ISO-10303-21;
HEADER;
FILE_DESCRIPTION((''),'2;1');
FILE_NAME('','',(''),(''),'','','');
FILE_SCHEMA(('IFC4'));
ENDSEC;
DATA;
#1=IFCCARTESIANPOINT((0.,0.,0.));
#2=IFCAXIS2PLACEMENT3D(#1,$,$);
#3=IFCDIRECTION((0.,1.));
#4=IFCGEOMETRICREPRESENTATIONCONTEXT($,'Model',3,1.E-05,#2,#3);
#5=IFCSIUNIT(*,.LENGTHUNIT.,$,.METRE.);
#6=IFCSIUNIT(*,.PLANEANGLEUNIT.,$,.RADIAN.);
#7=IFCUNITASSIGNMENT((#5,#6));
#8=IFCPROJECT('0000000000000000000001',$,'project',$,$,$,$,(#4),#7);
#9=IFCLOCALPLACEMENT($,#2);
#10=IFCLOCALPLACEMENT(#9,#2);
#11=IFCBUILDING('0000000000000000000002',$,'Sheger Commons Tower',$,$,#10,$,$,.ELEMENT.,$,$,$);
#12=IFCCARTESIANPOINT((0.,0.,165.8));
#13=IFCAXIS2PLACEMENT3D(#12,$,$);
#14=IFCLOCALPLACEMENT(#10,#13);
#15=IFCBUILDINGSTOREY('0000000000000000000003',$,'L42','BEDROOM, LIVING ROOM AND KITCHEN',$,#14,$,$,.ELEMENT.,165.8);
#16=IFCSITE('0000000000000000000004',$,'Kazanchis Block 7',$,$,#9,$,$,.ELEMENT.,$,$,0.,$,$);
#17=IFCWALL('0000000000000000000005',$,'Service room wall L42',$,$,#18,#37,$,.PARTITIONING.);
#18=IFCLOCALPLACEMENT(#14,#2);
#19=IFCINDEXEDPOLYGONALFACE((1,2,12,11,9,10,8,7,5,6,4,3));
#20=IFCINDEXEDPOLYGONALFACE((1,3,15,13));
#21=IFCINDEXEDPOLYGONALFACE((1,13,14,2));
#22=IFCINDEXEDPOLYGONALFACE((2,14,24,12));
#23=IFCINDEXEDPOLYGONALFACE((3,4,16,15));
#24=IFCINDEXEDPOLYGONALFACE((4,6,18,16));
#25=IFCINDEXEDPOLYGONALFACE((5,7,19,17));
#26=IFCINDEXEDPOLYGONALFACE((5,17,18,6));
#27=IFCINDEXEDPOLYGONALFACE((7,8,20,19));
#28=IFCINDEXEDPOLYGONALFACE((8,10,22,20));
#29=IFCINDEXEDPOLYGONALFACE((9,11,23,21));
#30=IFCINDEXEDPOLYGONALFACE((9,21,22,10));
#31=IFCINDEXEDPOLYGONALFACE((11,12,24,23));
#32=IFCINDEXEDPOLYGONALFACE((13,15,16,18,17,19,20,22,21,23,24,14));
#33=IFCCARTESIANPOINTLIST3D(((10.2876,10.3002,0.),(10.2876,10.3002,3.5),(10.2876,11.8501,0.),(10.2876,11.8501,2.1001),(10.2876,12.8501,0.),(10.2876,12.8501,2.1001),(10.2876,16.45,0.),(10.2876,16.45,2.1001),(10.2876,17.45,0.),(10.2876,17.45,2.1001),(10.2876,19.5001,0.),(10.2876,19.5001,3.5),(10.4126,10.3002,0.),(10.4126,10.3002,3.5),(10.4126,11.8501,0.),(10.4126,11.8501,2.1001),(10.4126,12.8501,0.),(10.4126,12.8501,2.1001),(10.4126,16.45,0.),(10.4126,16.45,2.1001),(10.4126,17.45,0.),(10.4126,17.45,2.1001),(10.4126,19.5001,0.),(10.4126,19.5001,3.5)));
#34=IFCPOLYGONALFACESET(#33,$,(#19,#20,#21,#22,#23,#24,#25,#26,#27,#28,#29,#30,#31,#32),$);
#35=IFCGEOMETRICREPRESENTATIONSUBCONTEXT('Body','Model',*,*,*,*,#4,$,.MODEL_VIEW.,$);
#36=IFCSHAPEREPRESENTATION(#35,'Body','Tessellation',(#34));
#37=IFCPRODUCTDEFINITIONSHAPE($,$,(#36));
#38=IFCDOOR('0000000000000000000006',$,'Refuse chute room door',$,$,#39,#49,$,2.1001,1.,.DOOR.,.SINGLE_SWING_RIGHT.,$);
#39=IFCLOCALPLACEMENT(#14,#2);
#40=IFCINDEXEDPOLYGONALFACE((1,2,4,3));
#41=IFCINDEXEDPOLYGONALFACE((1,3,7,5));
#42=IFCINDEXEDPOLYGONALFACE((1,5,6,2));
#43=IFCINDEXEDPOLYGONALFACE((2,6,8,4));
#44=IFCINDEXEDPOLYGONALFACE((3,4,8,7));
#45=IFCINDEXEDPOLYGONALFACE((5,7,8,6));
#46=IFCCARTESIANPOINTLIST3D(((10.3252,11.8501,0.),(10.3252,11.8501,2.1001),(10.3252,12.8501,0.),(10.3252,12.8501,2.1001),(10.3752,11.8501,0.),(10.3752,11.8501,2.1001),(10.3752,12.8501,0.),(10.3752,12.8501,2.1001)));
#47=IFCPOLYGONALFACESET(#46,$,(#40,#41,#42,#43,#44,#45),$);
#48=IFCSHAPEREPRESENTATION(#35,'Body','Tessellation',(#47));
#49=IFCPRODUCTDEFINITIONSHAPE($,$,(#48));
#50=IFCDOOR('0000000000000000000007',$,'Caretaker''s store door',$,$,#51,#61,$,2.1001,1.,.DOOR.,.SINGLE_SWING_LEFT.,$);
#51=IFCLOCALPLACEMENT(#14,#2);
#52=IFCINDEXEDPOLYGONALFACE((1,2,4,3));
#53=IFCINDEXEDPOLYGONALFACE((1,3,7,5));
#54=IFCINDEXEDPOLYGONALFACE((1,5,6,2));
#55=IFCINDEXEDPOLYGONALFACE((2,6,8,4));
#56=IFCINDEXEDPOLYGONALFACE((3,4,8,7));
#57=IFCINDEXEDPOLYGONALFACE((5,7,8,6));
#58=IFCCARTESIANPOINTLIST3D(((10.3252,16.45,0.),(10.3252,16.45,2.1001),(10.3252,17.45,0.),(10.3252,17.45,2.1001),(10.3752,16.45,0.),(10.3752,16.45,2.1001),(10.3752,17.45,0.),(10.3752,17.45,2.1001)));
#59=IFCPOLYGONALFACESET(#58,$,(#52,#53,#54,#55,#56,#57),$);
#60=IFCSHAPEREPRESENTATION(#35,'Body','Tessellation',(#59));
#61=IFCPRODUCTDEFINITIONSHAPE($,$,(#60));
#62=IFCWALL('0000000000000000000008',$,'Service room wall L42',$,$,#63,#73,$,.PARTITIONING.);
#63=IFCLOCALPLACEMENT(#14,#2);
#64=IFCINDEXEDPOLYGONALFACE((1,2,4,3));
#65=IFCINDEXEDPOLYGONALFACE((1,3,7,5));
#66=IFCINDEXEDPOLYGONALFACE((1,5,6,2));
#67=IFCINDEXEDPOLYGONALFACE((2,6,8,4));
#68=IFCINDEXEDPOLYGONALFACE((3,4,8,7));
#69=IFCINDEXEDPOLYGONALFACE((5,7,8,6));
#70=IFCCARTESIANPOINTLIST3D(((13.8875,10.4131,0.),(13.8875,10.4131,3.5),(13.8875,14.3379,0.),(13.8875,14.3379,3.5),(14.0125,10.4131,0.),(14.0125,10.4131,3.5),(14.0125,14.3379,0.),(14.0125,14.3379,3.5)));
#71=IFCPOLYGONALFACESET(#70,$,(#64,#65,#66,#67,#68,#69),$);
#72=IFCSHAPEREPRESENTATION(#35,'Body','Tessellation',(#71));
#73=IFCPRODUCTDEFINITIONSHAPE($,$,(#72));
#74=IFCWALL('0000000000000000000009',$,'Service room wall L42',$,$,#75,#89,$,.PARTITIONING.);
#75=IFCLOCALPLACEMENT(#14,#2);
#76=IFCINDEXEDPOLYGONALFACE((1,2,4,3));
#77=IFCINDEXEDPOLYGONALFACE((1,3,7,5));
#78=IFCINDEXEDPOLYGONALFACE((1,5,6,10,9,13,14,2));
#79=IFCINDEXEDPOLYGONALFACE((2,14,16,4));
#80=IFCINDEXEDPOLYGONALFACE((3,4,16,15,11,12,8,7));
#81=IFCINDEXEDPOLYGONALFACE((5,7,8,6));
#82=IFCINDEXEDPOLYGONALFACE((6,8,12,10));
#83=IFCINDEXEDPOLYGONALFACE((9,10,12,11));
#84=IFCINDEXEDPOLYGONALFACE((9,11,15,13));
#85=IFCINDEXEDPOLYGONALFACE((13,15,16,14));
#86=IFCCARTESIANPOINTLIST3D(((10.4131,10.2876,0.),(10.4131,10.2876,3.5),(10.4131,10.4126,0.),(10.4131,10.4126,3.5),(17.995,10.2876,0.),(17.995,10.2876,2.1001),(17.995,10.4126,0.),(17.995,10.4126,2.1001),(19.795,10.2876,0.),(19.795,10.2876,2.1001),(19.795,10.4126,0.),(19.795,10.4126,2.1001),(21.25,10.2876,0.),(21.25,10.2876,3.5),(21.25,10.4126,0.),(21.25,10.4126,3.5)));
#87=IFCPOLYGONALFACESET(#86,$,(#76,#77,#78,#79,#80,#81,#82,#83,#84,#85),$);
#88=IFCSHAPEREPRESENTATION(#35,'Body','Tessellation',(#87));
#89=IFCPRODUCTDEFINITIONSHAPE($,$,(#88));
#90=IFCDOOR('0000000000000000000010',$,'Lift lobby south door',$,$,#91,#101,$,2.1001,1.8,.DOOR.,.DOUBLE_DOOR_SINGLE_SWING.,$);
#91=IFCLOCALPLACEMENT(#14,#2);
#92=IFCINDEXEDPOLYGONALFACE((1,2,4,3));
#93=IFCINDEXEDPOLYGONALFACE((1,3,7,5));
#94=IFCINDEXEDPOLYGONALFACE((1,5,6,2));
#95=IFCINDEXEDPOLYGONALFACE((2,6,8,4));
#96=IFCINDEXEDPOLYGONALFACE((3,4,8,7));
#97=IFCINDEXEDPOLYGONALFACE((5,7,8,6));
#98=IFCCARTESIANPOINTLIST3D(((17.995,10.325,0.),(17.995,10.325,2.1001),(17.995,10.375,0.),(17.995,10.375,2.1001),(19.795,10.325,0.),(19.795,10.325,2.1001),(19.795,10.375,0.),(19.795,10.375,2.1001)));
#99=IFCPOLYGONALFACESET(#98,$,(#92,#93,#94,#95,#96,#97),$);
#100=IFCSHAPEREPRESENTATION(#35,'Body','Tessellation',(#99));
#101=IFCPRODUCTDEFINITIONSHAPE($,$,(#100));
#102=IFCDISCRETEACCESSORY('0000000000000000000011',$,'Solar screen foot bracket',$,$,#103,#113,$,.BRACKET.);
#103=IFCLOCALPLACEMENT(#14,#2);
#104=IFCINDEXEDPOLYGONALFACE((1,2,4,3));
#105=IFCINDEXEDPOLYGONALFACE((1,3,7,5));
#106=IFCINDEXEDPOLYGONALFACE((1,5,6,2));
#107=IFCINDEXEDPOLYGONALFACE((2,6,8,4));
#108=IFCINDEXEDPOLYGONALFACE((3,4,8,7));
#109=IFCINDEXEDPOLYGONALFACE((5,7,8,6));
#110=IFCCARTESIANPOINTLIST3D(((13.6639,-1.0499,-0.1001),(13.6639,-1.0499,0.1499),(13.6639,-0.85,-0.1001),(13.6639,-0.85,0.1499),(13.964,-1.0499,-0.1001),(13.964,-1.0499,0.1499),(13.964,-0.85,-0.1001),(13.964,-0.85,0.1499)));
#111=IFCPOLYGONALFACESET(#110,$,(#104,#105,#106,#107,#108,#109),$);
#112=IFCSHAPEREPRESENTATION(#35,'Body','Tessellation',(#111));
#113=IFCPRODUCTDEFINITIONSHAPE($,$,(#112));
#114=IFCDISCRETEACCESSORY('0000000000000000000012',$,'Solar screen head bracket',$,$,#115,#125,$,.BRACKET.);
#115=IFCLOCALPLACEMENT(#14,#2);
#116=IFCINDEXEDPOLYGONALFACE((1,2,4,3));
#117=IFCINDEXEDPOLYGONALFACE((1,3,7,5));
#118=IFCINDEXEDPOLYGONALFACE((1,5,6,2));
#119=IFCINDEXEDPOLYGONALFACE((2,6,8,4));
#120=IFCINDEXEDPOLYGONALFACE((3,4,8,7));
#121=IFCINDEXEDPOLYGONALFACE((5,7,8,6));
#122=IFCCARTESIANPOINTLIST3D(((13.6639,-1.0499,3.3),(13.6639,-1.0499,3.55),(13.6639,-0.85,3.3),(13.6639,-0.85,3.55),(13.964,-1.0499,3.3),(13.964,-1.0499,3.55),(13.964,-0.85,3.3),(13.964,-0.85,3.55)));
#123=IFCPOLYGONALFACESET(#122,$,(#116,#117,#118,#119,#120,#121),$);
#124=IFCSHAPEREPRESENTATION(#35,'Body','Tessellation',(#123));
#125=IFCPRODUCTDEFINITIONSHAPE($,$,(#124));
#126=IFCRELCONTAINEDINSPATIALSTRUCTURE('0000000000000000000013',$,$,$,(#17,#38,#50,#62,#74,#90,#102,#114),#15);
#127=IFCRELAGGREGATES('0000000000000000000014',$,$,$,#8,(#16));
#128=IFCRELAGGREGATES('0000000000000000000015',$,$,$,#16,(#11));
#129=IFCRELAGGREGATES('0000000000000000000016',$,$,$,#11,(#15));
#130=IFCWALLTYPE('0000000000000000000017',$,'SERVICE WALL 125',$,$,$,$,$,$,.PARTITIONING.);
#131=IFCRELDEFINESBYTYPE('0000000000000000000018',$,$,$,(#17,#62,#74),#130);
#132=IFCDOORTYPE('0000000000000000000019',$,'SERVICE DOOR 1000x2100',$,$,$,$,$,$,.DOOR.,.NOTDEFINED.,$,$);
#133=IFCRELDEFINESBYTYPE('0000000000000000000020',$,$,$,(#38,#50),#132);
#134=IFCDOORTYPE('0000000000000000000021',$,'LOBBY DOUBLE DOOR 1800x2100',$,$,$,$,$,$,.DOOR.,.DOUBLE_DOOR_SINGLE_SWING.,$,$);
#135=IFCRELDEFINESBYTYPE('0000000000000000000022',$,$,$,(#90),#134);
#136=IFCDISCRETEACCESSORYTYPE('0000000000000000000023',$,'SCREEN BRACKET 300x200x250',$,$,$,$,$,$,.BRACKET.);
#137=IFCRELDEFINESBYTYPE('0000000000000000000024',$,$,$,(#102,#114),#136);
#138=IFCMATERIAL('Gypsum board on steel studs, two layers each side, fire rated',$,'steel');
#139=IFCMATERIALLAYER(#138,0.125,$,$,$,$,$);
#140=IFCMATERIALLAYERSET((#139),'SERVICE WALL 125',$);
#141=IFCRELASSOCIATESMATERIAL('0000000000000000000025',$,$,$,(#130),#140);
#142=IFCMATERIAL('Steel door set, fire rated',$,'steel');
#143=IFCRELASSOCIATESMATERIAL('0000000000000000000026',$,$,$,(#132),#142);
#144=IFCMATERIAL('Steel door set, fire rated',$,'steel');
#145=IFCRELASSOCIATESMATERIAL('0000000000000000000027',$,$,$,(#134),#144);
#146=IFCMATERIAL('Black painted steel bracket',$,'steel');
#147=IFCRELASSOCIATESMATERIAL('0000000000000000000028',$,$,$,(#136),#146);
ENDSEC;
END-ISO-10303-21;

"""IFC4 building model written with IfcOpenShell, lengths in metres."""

from ifc_helpers import new_model, si_unit, direction, frame, frame_2d, origin, origin_2d, place, context, subcontext, project, spatial, rectangle, extrude, material, layer, layer_set, type_object, element, fill, save


model = new_model("IFC4")

# Units and contexts
model_context = context("Model", 3, precision=1e-05, world=origin(), true_north=direction((0.0, 1.0)))
body_context = subcontext(model_context, "Body", "Model", "MODEL_VIEW")
ifc_project = project(units=[si_unit("LENGTHUNIT", "METRE"), si_unit("PLANEANGLEUNIT", "RADIAN")], contexts=[model_context])

# Site, building, storey
site_placement = place(None, origin())
site = spatial("IfcSite", under=ifc_project, at=site_placement, Name="Kazanchis Block 7", CompositionType="ELEMENT", RefElevation=0.0)
building_placement = place(site_placement, origin())
building = spatial("IfcBuilding", under=site, at=building_placement, Name="Sheger Commons Tower", CompositionType="ELEMENT")
storey_placement = place(building_placement, frame((0.0, 0.0, 165.8)))
storey = spatial("IfcBuildingStorey", under=building, at=storey_placement, Name="L42", Description="BEDROOM, LIVING ROOM AND KITCHEN", CompositionType="ELEMENT", Elevation=165.8)

# Wall, openings, doors
ifc_material_1 = material(Name="Gypsum board on steel studs, two layers each side, fire rated", Category="steel")
ifc_layer_1 = layer(ifc_material_1, 0.125)
ifc_layer_set_1 = layer_set([ifc_layer_1], Name="SERVICE WALL 125")
wall_type_1 = type_object("IfcWallType", Name="SERVICE WALL 125", PredefinedType="PARTITIONING", material=ifc_layer_set_1)
wall_1_placement = place(storey_placement, frame((10.3501, 10.3, 0.0), z_axis=(0.0, 0.0, 1.0), x_axis=(0.0, 1.0, 0.0)))
wall_1 = element("IfcWall", 1, at=wall_1_placement, inside=storey, type_object=wall_type_1, Name="Service room wall L42", PredefinedType="PARTITIONING", context=body_context, shape_type="SweptSolid", body=[
    extrude(rectangle(XDim=9.2, YDim=0.125, at=frame_2d((4.6001, 0.0))), origin(), (0.0, 0.0, 1.0), 3.5),
])
opening_1_placement = place(wall_1_placement, frame((1.55, 0.0, 0.0)))
opening_1 = element("IfcOpeningElement", 2, at=opening_1_placement, cuts=wall_1, PredefinedType="OPENING", context=body_context, shape_type="SweptSolid", body=[
    extrude(rectangle(XDim=1.0, YDim=2.1001, at=frame_2d((0.5, 1.05))), frame((0.0, 0.0725, 0.0), z_axis=(0.0, -1.0, 0.0), x_axis=(1.0, 0.0, 0.0)), (0.0, 0.0, 1.0), 0.145),
])
opening_2_placement = place(wall_1_placement, frame((6.1499, 0.0, 0.0)))
opening_2 = element("IfcOpeningElement", 3, at=opening_2_placement, cuts=wall_1, PredefinedType="OPENING", context=body_context, shape_type="SweptSolid", body=[
    extrude(rectangle(XDim=1.0, YDim=2.1001, at=frame_2d((0.5, 1.05))), frame((0.0, 0.0725, 0.0), z_axis=(0.0, -1.0, 0.0), x_axis=(1.0, 0.0, 0.0)), (0.0, 0.0, 1.0), 0.145),
])
ifc_material_2 = material(Name="Steel door set, fire rated", Category="steel")
door_type_1 = type_object("IfcDoorType", Name="SERVICE DOOR 1000x2100", OperationType="NOTDEFINED", PredefinedType="DOOR", material=ifc_material_2)
door_1_placement = place(opening_1_placement, origin())
door_1 = element("IfcDoor", 4, at=door_1_placement, inside=storey, type_object=door_type_1, Name="Refuse chute room door", OperationType="SINGLE_SWING_RIGHT", OverallHeight=2.1001, OverallWidth=1.0, PredefinedType="DOOR", context=body_context, shape_type="SweptSolid", body=[
    extrude(rectangle(XDim=1.0, YDim=2.1001, at=frame_2d((0.5, 1.05))), frame((0.0, 0.0249, 0.0), z_axis=(0.0, -1.0, 0.0), x_axis=(1.0, 0.0, 0.0)), (0.0, 0.0, 1.0), 0.05),
])
fill(opening_1, door_1)
door_2_placement = place(opening_2_placement, origin())
door_2 = element("IfcDoor", 5, at=door_2_placement, inside=storey, type_object=door_type_1, Name="Caretaker's store door", OperationType="SINGLE_SWING_LEFT", OverallHeight=2.1001, OverallWidth=1.0, PredefinedType="DOOR", context=body_context, shape_type="SweptSolid", body=[
    extrude(rectangle(XDim=1.0, YDim=2.1001, at=frame_2d((0.5, 1.05))), frame((0.0, 0.0249, 0.0), z_axis=(0.0, -1.0, 0.0), x_axis=(1.0, 0.0, 0.0)), (0.0, 0.0, 1.0), 0.05),
])
fill(opening_2, door_2)

# Wall
wall_2_placement = place(storey_placement, frame((13.95, 10.4131, 0.0), z_axis=(0.0, 0.0, 1.0), x_axis=(0.0, 1.0, 0.0)))
element("IfcWall", 6, at=wall_2_placement, inside=storey, type_object=wall_type_1, Name="Service room wall L42", PredefinedType="PARTITIONING", context=body_context, shape_type="SweptSolid", body=[
    extrude(rectangle(XDim=3.9248, YDim=0.125, at=frame_2d((1.9624, 0.0))), origin(), (0.0, 0.0, 1.0), 3.5),
])

# Wall, opening, door
wall_3_placement = place(storey_placement, frame((10.4131, 10.3501, 0.0), z_axis=(0.0, 0.0, 1.0), x_axis=(1.0, 0.0, 0.0)))
wall_3 = element("IfcWall", 7, at=wall_3_placement, inside=storey, type_object=wall_type_1, Name="Service room wall L42", PredefinedType="PARTITIONING", context=body_context, shape_type="SweptSolid", body=[
    extrude(rectangle(XDim=10.8369, YDim=0.125, at=frame_2d((5.4185, 0.0))), origin(), (0.0, 0.0, 1.0), 3.5),
])
opening_3_placement = place(wall_3_placement, frame((7.582, 0.0, 0.0)))
opening_3 = element("IfcOpeningElement", 8, at=opening_3_placement, cuts=wall_3, PredefinedType="OPENING", context=body_context, shape_type="SweptSolid", body=[
    extrude(rectangle(XDim=1.8, YDim=2.1001, at=frame_2d((0.8999, 1.05))), frame((0.0, 0.0725, 0.0), z_axis=(0.0, -1.0, 0.0), x_axis=(1.0, 0.0, 0.0)), (0.0, 0.0, 1.0), 0.145),
])
ifc_material_3 = material(Name="Steel door set, fire rated", Category="steel")
door_type_2 = type_object("IfcDoorType", Name="LOBBY DOUBLE DOOR 1800x2100", OperationType="DOUBLE_DOOR_SINGLE_SWING", PredefinedType="DOOR", material=ifc_material_3)
door_3_placement = place(opening_3_placement, origin())
door_3 = element("IfcDoor", 9, at=door_3_placement, inside=storey, type_object=door_type_2, Name="Lift lobby south door", OperationType="DOUBLE_DOOR_SINGLE_SWING", OverallHeight=2.1001, OverallWidth=1.8, PredefinedType="DOOR", context=body_context, shape_type="SweptSolid", body=[
    extrude(rectangle(XDim=1.8, YDim=2.1001, at=frame_2d((0.8999, 1.05))), frame((0.0, 0.0249, 0.0), z_axis=(0.0, -1.0, 0.0), x_axis=(1.0, 0.0, 0.0)), (0.0, 0.0, 1.0), 0.05),
])
fill(opening_3, door_3)

# Discrete accessories
ifc_material_4 = material(Name="Black painted steel bracket", Category="steel")
discrete_accessory_type = type_object("IfcDiscreteAccessoryType", Name="SCREEN BRACKET 300x200x250", PredefinedType="BRACKET", material=ifc_material_4)
for number, where, z_axis, x_axis, name in (
    (10, (13.814, -0.95, -0.1001), (0.0, 0.0, 1.0), (1.0, 0.0, 0.0), "Solar screen foot bracket"),
    (11, (13.814, -0.95, 3.3), (0.0, 0.0, 1.0), (1.0, 0.0, 0.0), "Solar screen head bracket"),
):
    element("IfcDiscreteAccessory", number, at=place(storey_placement, frame(where, z_axis=z_axis, x_axis=x_axis)), inside=storey, type_object=discrete_accessory_type, Name=name, PredefinedType="BRACKET", context=body_context, shape_type="SweptSolid", body=[
        extrude(rectangle(XDim=0.3, YDim=0.2, at=origin_2d()), origin(), (0.0, 0.0, 1.0), 0.25),
    ])

save(model, "model.ifc")
